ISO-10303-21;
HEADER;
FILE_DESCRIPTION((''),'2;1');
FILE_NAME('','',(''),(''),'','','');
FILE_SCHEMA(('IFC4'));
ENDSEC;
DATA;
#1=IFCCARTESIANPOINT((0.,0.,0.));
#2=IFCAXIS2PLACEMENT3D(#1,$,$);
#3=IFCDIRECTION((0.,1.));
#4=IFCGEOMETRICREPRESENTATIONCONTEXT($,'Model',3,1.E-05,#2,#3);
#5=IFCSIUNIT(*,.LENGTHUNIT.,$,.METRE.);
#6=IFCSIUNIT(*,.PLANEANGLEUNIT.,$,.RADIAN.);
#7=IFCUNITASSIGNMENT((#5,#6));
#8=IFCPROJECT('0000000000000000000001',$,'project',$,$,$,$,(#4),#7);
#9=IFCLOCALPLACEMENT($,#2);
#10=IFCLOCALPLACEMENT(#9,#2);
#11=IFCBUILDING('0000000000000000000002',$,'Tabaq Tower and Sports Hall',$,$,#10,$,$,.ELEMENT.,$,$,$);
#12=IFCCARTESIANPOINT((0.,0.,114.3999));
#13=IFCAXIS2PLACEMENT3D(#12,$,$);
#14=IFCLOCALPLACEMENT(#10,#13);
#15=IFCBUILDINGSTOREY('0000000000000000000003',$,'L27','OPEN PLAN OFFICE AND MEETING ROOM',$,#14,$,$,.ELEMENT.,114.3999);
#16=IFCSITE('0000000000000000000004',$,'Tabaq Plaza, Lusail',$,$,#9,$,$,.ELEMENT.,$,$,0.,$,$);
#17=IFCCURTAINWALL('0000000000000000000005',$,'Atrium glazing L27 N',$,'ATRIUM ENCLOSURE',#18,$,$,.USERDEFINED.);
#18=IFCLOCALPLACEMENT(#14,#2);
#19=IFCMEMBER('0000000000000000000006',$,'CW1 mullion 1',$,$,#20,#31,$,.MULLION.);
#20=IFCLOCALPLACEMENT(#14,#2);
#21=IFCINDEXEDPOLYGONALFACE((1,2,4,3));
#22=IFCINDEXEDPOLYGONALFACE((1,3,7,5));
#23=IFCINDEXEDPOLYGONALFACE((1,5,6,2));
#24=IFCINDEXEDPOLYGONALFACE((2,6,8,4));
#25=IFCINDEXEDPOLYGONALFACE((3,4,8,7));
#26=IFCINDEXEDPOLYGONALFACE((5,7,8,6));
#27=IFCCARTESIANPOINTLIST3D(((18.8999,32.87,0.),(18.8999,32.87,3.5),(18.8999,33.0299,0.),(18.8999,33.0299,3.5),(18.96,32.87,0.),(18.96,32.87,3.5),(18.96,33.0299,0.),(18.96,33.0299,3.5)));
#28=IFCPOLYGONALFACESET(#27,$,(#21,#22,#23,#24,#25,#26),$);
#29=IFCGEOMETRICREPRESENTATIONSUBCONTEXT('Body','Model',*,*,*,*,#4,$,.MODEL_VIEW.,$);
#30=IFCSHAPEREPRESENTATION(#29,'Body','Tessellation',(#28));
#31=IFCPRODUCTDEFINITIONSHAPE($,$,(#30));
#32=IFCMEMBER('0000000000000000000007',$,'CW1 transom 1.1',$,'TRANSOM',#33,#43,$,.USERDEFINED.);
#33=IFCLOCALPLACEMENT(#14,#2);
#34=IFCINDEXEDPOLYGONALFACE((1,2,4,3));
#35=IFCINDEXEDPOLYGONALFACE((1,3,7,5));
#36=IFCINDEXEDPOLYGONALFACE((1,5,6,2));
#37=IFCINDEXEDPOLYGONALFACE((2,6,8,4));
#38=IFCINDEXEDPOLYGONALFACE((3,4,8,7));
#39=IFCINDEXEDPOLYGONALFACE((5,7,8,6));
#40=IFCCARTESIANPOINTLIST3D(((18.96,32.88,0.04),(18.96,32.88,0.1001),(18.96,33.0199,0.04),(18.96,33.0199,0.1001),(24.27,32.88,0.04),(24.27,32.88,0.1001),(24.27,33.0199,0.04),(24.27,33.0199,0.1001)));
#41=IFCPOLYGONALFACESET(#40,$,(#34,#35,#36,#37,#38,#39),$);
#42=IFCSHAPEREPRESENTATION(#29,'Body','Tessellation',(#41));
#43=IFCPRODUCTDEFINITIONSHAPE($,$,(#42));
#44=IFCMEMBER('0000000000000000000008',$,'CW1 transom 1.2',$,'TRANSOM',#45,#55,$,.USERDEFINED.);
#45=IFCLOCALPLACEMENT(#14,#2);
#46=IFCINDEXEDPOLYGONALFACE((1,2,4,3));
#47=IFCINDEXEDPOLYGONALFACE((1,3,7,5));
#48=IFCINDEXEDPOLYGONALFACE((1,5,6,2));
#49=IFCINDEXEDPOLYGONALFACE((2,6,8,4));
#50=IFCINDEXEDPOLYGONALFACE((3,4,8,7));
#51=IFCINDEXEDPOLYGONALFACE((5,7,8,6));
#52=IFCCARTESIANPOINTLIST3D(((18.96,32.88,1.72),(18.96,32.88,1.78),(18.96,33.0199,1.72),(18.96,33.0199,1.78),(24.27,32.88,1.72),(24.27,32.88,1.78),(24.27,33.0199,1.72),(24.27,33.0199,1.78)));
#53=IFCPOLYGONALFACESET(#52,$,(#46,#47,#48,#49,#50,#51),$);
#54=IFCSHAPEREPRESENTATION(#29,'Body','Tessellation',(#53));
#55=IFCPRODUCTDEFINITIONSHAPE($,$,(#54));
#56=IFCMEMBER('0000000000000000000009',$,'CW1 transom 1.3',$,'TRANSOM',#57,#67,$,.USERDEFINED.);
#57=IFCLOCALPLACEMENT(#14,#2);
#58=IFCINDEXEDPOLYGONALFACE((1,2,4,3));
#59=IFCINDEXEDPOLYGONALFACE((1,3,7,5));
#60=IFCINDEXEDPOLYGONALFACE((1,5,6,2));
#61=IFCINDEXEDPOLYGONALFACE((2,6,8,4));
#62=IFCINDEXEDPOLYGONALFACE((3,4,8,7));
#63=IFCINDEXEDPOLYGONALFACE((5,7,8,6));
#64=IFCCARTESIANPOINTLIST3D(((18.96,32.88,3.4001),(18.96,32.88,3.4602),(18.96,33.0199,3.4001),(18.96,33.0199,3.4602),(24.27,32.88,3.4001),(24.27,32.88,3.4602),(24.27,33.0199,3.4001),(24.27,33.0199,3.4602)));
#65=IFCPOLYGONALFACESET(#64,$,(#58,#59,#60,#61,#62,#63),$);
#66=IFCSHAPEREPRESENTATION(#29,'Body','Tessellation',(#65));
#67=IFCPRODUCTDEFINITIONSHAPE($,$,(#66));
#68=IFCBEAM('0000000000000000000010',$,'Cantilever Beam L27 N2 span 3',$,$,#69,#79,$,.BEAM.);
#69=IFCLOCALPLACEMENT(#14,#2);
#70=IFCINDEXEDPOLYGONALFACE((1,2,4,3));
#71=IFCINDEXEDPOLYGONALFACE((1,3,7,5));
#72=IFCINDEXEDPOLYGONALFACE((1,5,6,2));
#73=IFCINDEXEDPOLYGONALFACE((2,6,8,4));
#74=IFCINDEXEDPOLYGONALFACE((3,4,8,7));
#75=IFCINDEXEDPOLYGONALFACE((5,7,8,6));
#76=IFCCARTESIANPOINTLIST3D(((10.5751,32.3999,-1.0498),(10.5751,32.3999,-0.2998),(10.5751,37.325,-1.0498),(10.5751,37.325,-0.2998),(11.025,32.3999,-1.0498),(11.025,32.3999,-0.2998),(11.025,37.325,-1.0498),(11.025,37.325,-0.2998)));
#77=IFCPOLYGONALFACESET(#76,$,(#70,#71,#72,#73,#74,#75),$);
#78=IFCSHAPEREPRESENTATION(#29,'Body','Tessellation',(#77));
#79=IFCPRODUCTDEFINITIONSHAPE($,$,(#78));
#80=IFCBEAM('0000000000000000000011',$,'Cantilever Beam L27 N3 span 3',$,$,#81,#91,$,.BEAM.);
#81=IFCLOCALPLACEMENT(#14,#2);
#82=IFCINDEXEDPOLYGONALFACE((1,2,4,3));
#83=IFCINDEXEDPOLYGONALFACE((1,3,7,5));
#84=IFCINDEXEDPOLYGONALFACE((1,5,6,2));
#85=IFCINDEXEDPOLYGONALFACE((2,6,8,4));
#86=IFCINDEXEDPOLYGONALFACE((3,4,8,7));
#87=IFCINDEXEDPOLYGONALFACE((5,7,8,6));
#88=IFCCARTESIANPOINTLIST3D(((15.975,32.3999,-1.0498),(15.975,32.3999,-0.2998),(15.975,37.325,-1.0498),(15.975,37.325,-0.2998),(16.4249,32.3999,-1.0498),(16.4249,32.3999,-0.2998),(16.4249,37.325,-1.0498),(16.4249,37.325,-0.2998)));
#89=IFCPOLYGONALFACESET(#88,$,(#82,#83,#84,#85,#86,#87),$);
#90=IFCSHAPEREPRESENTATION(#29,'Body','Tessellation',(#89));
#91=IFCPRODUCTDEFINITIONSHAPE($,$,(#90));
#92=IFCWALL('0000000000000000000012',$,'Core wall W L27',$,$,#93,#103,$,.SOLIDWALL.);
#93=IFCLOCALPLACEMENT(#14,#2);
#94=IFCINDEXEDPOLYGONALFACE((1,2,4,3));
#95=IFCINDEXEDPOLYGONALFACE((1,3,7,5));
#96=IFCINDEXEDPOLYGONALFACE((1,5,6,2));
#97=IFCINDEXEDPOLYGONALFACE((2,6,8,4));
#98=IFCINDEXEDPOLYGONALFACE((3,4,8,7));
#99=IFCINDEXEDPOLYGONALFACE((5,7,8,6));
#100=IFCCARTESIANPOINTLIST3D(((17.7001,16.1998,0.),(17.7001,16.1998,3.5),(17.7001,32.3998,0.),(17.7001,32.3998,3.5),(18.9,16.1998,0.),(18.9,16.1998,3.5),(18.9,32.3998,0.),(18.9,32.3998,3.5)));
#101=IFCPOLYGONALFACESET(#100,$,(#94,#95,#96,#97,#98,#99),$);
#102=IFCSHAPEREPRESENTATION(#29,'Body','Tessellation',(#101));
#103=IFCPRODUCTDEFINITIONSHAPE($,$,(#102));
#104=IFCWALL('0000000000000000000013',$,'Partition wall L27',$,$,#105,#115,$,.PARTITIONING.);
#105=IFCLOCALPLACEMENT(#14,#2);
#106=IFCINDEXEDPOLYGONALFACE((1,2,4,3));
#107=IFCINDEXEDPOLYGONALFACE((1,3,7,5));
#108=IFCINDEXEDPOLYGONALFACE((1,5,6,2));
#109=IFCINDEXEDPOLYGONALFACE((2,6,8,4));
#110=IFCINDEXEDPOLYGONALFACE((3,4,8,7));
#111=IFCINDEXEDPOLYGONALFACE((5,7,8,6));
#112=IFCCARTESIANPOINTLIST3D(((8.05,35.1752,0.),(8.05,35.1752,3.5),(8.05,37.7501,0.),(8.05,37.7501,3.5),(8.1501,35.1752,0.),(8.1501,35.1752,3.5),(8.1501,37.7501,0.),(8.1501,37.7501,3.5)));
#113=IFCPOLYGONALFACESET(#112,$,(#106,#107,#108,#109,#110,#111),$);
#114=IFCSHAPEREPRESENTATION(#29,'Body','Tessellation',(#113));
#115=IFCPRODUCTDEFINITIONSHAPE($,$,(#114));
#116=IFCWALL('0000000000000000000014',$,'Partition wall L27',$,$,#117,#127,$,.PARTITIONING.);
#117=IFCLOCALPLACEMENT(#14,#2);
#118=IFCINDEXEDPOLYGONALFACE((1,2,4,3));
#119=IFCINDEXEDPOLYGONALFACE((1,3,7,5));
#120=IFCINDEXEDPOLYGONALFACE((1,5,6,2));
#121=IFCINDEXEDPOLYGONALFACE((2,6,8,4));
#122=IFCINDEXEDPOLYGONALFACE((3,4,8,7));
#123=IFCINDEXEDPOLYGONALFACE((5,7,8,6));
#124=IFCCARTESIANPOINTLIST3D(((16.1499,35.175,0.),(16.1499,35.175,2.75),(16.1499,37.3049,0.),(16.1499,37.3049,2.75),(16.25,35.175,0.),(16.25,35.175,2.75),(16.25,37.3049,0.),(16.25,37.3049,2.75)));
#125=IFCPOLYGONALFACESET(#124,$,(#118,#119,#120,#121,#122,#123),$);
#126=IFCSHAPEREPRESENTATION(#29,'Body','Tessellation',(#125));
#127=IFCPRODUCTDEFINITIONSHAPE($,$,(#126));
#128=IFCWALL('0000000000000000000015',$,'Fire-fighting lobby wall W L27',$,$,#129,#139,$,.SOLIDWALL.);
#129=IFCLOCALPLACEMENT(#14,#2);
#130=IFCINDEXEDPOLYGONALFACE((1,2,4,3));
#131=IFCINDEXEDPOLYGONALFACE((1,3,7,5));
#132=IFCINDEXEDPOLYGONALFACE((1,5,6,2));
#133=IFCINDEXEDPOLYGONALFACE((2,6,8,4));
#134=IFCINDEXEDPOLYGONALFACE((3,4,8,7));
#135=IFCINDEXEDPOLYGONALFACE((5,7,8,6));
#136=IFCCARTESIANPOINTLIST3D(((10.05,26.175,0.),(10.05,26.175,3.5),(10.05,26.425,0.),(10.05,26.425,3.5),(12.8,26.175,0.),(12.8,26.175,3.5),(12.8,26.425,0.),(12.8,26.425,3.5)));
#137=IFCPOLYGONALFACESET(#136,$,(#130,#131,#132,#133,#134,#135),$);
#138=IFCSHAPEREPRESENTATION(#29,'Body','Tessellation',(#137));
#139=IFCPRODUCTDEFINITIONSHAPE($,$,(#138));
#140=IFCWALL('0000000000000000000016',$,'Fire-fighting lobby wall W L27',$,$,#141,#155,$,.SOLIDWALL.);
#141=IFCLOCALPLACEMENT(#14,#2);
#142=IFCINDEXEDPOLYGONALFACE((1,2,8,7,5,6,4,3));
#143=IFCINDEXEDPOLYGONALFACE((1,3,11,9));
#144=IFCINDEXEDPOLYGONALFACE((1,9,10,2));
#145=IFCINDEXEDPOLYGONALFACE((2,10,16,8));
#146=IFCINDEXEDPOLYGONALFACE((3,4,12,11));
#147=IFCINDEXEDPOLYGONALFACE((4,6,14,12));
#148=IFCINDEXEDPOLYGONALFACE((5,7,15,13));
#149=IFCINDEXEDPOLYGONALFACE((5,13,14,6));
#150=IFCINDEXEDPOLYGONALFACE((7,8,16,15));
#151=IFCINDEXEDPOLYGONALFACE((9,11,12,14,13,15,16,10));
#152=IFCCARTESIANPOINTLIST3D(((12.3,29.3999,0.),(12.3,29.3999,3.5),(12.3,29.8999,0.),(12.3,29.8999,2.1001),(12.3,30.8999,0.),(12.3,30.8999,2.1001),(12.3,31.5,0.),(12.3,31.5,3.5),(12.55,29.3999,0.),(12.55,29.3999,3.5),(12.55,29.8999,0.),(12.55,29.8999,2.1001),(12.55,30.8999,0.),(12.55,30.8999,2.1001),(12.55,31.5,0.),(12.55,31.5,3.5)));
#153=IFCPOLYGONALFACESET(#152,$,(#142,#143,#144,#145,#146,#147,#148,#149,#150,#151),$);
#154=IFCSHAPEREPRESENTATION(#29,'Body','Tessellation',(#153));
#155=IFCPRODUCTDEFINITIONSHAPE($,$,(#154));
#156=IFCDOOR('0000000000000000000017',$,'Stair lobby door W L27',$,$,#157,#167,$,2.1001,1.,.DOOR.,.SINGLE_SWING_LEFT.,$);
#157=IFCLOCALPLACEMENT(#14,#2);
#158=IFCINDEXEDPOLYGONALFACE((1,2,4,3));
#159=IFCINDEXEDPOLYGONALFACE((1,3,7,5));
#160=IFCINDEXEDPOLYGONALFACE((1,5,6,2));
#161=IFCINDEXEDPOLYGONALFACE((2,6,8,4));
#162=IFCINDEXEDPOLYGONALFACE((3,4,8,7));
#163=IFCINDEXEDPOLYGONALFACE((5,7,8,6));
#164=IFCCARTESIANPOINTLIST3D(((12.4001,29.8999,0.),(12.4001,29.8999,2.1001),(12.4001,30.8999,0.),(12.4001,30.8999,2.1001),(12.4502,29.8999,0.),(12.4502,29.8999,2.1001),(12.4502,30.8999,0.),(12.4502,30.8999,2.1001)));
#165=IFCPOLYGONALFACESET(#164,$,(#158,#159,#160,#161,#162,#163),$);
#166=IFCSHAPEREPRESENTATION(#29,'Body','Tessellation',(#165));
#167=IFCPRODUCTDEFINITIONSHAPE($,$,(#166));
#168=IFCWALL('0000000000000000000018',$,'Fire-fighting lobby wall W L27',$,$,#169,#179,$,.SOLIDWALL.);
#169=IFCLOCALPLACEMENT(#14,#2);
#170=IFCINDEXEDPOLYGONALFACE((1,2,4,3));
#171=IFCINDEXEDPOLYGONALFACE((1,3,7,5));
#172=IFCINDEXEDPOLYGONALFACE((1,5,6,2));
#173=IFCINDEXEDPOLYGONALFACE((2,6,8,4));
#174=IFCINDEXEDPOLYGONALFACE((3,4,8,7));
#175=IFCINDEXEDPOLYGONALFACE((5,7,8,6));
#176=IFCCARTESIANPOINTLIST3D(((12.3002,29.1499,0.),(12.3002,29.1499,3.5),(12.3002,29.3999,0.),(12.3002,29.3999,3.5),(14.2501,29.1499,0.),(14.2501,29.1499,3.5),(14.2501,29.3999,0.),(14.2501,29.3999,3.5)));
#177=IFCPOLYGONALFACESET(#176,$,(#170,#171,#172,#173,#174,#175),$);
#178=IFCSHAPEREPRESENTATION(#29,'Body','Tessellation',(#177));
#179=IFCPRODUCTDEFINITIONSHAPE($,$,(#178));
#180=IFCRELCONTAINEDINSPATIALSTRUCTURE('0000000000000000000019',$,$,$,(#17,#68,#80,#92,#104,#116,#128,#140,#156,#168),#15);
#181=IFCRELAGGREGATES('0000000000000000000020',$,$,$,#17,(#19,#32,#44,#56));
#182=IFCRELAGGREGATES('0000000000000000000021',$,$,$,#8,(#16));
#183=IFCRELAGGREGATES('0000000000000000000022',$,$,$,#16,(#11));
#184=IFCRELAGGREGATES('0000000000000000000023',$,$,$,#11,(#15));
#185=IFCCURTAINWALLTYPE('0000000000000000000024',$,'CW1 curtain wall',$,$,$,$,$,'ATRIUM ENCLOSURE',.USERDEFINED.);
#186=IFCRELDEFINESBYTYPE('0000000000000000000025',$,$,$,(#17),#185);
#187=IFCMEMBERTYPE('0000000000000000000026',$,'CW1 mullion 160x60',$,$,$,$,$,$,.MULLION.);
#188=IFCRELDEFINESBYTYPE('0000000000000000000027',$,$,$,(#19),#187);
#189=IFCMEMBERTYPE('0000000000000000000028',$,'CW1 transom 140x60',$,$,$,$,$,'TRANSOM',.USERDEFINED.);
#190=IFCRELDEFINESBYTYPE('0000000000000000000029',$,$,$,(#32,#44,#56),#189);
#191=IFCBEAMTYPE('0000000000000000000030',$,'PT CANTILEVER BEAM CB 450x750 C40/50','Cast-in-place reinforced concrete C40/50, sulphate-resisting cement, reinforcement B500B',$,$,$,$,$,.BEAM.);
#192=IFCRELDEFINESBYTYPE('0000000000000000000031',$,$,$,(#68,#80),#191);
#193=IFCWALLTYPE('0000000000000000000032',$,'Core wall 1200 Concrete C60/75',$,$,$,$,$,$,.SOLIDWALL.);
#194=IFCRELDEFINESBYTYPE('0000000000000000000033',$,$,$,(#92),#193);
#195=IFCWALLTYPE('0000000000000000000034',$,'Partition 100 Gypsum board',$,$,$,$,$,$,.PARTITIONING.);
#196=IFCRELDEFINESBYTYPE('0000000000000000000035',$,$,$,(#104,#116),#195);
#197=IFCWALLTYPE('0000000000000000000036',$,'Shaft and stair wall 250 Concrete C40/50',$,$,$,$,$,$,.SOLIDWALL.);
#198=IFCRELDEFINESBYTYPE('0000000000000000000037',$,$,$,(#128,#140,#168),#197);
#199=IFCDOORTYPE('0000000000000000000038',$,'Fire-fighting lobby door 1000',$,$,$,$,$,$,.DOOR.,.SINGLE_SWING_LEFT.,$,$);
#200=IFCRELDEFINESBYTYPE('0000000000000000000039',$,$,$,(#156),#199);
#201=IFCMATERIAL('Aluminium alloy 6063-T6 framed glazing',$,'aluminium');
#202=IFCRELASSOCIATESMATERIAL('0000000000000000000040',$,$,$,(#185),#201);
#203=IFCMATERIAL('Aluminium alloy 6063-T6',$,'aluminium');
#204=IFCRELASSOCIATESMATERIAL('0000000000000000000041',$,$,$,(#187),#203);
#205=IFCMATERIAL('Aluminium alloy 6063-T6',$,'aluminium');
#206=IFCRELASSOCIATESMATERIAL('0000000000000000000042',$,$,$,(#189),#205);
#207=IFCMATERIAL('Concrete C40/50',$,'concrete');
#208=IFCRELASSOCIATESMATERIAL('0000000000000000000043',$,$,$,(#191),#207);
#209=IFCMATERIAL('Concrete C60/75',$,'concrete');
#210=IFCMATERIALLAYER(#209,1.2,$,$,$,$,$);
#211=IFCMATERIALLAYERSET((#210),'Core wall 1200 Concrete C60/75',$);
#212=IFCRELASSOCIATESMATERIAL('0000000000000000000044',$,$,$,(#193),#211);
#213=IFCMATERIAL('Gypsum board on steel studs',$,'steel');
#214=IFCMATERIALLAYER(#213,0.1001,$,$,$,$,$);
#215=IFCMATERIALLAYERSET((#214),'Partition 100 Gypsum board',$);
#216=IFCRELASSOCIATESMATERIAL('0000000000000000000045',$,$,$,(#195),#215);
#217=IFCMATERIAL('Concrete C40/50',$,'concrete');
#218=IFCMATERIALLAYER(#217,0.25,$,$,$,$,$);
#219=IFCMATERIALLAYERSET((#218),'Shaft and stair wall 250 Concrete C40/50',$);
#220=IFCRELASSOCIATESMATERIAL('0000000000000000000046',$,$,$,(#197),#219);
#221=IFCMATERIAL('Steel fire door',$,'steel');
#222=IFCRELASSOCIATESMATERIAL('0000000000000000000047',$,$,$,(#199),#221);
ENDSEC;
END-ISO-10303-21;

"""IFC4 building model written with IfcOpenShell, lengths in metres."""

from ifc_helpers import new_model, si_unit, direction, frame, frame_2d, origin, origin_2d, place, context, subcontext, project, spatial, rectangle, extrude, material, layer, layer_set, material_profile, profile_set, type_object, element, fill, aggregate, save


model = new_model("IFC4")

# Units and contexts
model_context = context("Model", 3, precision=1e-05, world=origin(), true_north=direction((0.0, 1.0)))
body_context = subcontext(model_context, "Body", "Model", "MODEL_VIEW")
ifc_project = project(units=[si_unit("LENGTHUNIT", "METRE"), si_unit("PLANEANGLEUNIT", "RADIAN")], contexts=[model_context])

# Site, building, storey
site_placement = place(None, origin())
site = spatial("IfcSite", under=ifc_project, at=site_placement, Name="Tabaq Plaza, Lusail", CompositionType="ELEMENT", RefElevation=0.0)
building_placement = place(site_placement, origin())
building = spatial("IfcBuilding", under=site, at=building_placement, Name="Tabaq Tower and Sports Hall", CompositionType="ELEMENT")
storey_placement = place(building_placement, frame((0.0, 0.0, 114.3999)))
storey = spatial("IfcBuildingStorey", under=building, at=storey_placement, Name="L27", Description="OPEN PLAN OFFICE AND MEETING ROOM", CompositionType="ELEMENT", Elevation=114.3999)

# Curtain wall, members
ifc_material_1 = material(Name="Aluminium alloy 6063-T6 framed glazing", Category="aluminium")
curtain_wall_type = type_object("IfcCurtainWallType", Name="CW1 curtain wall", ElementType="ATRIUM ENCLOSURE", PredefinedType="USERDEFINED", material=ifc_material_1)
curtain_wall_placement = place(storey_placement, origin())
curtain_wall = element("IfcCurtainWall", 1, at=curtain_wall_placement, inside=storey, type_object=curtain_wall_type, Name="Atrium glazing L27 N", ObjectType="ATRIUM ENCLOSURE", PredefinedType="USERDEFINED")
ifc_material_2 = material(Name="Aluminium alloy 6063-T6", Category="aluminium")
ifc_material_profile_1 = material_profile(ifc_material_2, rectangle(XDim=0.1599, YDim=0.0601, at=origin_2d()), Name="MULLION 160x60")
ifc_profile_set_1 = profile_set([ifc_material_profile_1], Name="Aluminium alloy 6063-T6")
member_type_1 = type_object("IfcMemberType", Name="CW1 mullion 160x60", PredefinedType="MULLION", material=ifc_profile_set_1)
member_1_placement = place(storey_placement, frame((18.9299, 32.95, 0.0), z_axis=(0.0, 0.0, 1.0), x_axis=(0.0, 1.0, 0.0)))
member_1 = element("IfcMember", 2, at=member_1_placement, type_object=member_type_1, Name="CW1 mullion 1", PredefinedType="MULLION", context=body_context, shape_type="SweptSolid", body=[
    extrude(rectangle(XDim=0.1599, YDim=0.0601, at=origin_2d()), origin(), (0.0, 0.0, 1.0), 3.5),
])
ifc_material_3 = material(Name="Aluminium alloy 6063-T6", Category="aluminium")
ifc_material_profile_2 = material_profile(ifc_material_3, rectangle(XDim=0.1399, YDim=0.0601, at=origin_2d()), Name="TRANSOM 140x60")
ifc_profile_set_2 = profile_set([ifc_material_profile_2], Name="Aluminium alloy 6063-T6")
member_type_2 = type_object("IfcMemberType", Name="CW1 transom 140x60", ElementType="TRANSOM", PredefinedType="USERDEFINED", material=ifc_profile_set_2)
member_2_placement = place(storey_placement, frame((18.96, 32.95, 0.0701), z_axis=(1.0, 0.0, 0.0), x_axis=(0.0, 1.0, 0.0)))
member_2 = element("IfcMember", 3, at=member_2_placement, type_object=member_type_2, Name="CW1 transom 1.1", ObjectType="TRANSOM", PredefinedType="USERDEFINED", context=body_context, shape_type="SweptSolid", body=[
    extrude(rectangle(XDim=0.1399, YDim=0.0601, at=origin_2d()), origin(), (0.0, 0.0, 1.0), 5.3101),
])
member_3_placement = place(storey_placement, frame((18.96, 32.95, 1.75), z_axis=(1.0, 0.0, 0.0), x_axis=(0.0, 1.0, 0.0)))
member_3 = element("IfcMember", 4, at=member_3_placement, type_object=member_type_2, Name="CW1 transom 1.2", ObjectType="TRANSOM", PredefinedType="USERDEFINED", context=body_context, shape_type="SweptSolid", body=[
    extrude(rectangle(XDim=0.1399, YDim=0.0601, at=origin_2d()), origin(), (0.0, 0.0, 1.0), 5.3101),
])
member_4_placement = place(storey_placement, frame((18.96, 32.95, 3.4302), z_axis=(1.0, 0.0, 0.0), x_axis=(0.0, 1.0, 0.0)))
member_4 = element("IfcMember", 5, at=member_4_placement, type_object=member_type_2, Name="CW1 transom 1.3", ObjectType="TRANSOM", PredefinedType="USERDEFINED", context=body_context, shape_type="SweptSolid", body=[
    extrude(rectangle(XDim=0.1399, YDim=0.0601, at=origin_2d()), origin(), (0.0, 0.0, 1.0), 5.3101),
])
aggregate(curtain_wall, [member_1, member_2, member_3, member_4])

# Beams
ifc_material_4 = material(Name="Concrete C40/50", Category="concrete")
ifc_material_profile_3 = material_profile(ifc_material_4, rectangle(XDim=0.45, YDim=0.75, at=origin_2d()), Name="CB 450x750")
ifc_profile_set_3 = profile_set([ifc_material_profile_3], Name="Concrete C40/50")
beam_type = type_object("IfcBeamType", Name="PT CANTILEVER BEAM CB 450x750 C40/50", Description="Cast-in-place reinforced concrete C40/50, sulphate-resisting cement, reinforcement B500B", PredefinedType="BEAM", material=ifc_profile_set_3)
for number, where, z_axis, x_axis, name in (
    (6, (10.8, 37.325, -0.6748), (0.0, -1.0, 0.0), (1.0, 0.0, 0.0), "Cantilever Beam L27 N2 span 3"),
    (7, (16.2, 37.325, -0.6748), (0.0, -1.0, 0.0), (1.0, 0.0, 0.0), "Cantilever Beam L27 N3 span 3"),
):
    element("IfcBeam", number, at=place(storey_placement, frame(where, z_axis=z_axis, x_axis=x_axis)), inside=storey, type_object=beam_type, Name=name, PredefinedType="BEAM", context=body_context, shape_type="SweptSolid", body=[
        extrude(rectangle(XDim=0.45, YDim=0.75, at=origin_2d()), origin(), (0.0, 0.0, 1.0), 4.925),
    ])

# Wall
ifc_material_5 = material(Name="Concrete C60/75", Category="concrete")
ifc_layer_1 = layer(ifc_material_5, 1.2)
ifc_layer_set_1 = layer_set([ifc_layer_1], Name="Core wall 1200 Concrete C60/75")
wall_type_1 = type_object("IfcWallType", Name="Core wall 1200 Concrete C60/75", PredefinedType="SOLIDWALL", material=ifc_layer_set_1)
wall_1_placement = place(storey_placement, frame((18.3, 32.3999, 0.0), z_axis=(0.0, 0.0, 1.0), x_axis=(0.0, -1.0, 0.0)))
element("IfcWall", 8, at=wall_1_placement, inside=storey, type_object=wall_type_1, Name="Core wall W L27", PredefinedType="SOLIDWALL", context=body_context, shape_type="SweptSolid", body=[
    extrude(rectangle(XDim=16.2, YDim=1.2, at=frame_2d((8.1001, 0.0))), origin(), (0.0, 0.0, 1.0), 3.5),
])

# Walls
ifc_material_6 = material(Name="Gypsum board on steel studs", Category="steel")
ifc_layer_2 = layer(ifc_material_6, 0.1001)
ifc_layer_set_2 = layer_set([ifc_layer_2], Name="Partition 100 Gypsum board")
wall_type_2 = type_object("IfcWallType", Name="Partition 100 Gypsum board", PredefinedType="PARTITIONING", material=ifc_layer_set_2)
wall_2_placement = place(storey_placement, frame((8.1001, 35.175, 0.0), z_axis=(0.0, 0.0, 1.0), x_axis=(0.0, 1.0, 0.0)))
element("IfcWall", 9, at=wall_2_placement, inside=storey, type_object=wall_type_2, Name="Partition wall L27", PredefinedType="PARTITIONING", context=body_context, shape_type="SweptSolid", body=[
    extrude(rectangle(XDim=2.575, YDim=0.1001, at=frame_2d((1.2876, 0.0))), origin(), (0.0, 0.0, 1.0), 3.5),
])
wall_3_placement = place(storey_placement, frame((16.2, 35.175, 0.0), z_axis=(0.0, 0.0, 1.0), x_axis=(0.0, 1.0, 0.0)))
element("IfcWall", 10, at=wall_3_placement, inside=storey, type_object=wall_type_2, Name="Partition wall L27", PredefinedType="PARTITIONING", context=body_context, shape_type="SweptSolid", body=[
    extrude(rectangle(XDim=2.1299, YDim=0.1001, at=frame_2d((1.0649, 0.0))), origin(), (0.0, 0.0, 1.0), 2.75),
])
ifc_material_7 = material(Name="Concrete C40/50", Category="concrete")
ifc_layer_3 = layer(ifc_material_7, 0.25)
ifc_layer_set_3 = layer_set([ifc_layer_3], Name="Shaft and stair wall 250 Concrete C40/50")
wall_type_3 = type_object("IfcWallType", Name="Shaft and stair wall 250 Concrete C40/50", PredefinedType="SOLIDWALL", material=ifc_layer_set_3)
wall_4_placement = place(storey_placement, frame((10.05, 26.3, 0.0), z_axis=(0.0, 0.0, 1.0), x_axis=(1.0, 0.0, 0.0)))
element("IfcWall", 11, at=wall_4_placement, inside=storey, type_object=wall_type_3, Name="Fire-fighting lobby wall W L27", PredefinedType="SOLIDWALL", context=body_context, shape_type="SweptSolid", body=[
    extrude(rectangle(XDim=2.75, YDim=0.25, at=frame_2d((1.375, 0.0))), origin(), (0.0, 0.0, 1.0), 3.5),
])

# Wall, opening, door
wall_5_placement = place(storey_placement, frame((12.425, 29.3999, 0.0), z_axis=(0.0, 0.0, 1.0), x_axis=(0.0, 1.0, 0.0)))
wall_5 = element("IfcWall", 12, at=wall_5_placement, inside=storey, type_object=wall_type_3, Name="Fire-fighting lobby wall W L27", PredefinedType="SOLIDWALL", context=body_context, shape_type="SweptSolid", body=[
    extrude(rectangle(XDim=2.1001, YDim=0.25, at=frame_2d((1.05, 0.0))), origin(), (0.0, 0.0, 1.0), 3.5),
])
opening_1_placement = place(wall_5_placement, frame((0.5, 0.0, 0.0)))
opening_1 = element("IfcOpeningElement", 13, at=opening_1_placement, cuts=wall_5, PredefinedType="OPENING", context=body_context, shape_type="SweptSolid", body=[
    extrude(rectangle(XDim=1.0, YDim=2.1001, at=frame_2d((0.5, 1.05))), frame((0.0, 0.125, 0.0), z_axis=(0.0, -1.0, 0.0), x_axis=(1.0, 0.0, 0.0)), (0.0, 0.0, 1.0), 0.25),
])
ifc_material_8 = material(Name="Steel fire door", Category="steel")
door_type_1 = type_object("IfcDoorType", Name="Fire-fighting lobby door 1000", OperationType="SINGLE_SWING_LEFT", PredefinedType="DOOR", material=ifc_material_8)
door_1_placement = place(opening_1_placement, origin())
door_1 = element("IfcDoor", 14, at=door_1_placement, inside=storey, type_object=door_type_1, Name="Stair lobby door W L27", OperationType="SINGLE_SWING_LEFT", OverallHeight=2.1001, OverallWidth=1.0, PredefinedType="DOOR", context=body_context, shape_type="SweptSolid", body=[
    extrude(rectangle(XDim=1.0, YDim=2.1001, at=frame_2d((0.5, 1.05))), frame((0.0, 0.0249, 0.0), z_axis=(0.0, -1.0, 0.0), x_axis=(1.0, 0.0, 0.0)), (0.0, 0.0, 1.0), 0.05),
])
fill(opening_1, door_1)

# Wall
wall_6_placement = place(storey_placement, frame((12.3, 29.2749, 0.0), z_axis=(0.0, 0.0, 1.0), x_axis=(1.0, 0.0, 0.0)))
element("IfcWall", 15, at=wall_6_placement, inside=storey, type_object=wall_type_3, Name="Fire-fighting lobby wall W L27", PredefinedType="SOLIDWALL", context=body_context, shape_type="SweptSolid", body=[
    extrude(rectangle(XDim=1.95, YDim=0.25, at=frame_2d((0.9751, 0.0))), origin(), (0.0, 0.0, 1.0), 3.5),
])

save(model, "model.ifc")
